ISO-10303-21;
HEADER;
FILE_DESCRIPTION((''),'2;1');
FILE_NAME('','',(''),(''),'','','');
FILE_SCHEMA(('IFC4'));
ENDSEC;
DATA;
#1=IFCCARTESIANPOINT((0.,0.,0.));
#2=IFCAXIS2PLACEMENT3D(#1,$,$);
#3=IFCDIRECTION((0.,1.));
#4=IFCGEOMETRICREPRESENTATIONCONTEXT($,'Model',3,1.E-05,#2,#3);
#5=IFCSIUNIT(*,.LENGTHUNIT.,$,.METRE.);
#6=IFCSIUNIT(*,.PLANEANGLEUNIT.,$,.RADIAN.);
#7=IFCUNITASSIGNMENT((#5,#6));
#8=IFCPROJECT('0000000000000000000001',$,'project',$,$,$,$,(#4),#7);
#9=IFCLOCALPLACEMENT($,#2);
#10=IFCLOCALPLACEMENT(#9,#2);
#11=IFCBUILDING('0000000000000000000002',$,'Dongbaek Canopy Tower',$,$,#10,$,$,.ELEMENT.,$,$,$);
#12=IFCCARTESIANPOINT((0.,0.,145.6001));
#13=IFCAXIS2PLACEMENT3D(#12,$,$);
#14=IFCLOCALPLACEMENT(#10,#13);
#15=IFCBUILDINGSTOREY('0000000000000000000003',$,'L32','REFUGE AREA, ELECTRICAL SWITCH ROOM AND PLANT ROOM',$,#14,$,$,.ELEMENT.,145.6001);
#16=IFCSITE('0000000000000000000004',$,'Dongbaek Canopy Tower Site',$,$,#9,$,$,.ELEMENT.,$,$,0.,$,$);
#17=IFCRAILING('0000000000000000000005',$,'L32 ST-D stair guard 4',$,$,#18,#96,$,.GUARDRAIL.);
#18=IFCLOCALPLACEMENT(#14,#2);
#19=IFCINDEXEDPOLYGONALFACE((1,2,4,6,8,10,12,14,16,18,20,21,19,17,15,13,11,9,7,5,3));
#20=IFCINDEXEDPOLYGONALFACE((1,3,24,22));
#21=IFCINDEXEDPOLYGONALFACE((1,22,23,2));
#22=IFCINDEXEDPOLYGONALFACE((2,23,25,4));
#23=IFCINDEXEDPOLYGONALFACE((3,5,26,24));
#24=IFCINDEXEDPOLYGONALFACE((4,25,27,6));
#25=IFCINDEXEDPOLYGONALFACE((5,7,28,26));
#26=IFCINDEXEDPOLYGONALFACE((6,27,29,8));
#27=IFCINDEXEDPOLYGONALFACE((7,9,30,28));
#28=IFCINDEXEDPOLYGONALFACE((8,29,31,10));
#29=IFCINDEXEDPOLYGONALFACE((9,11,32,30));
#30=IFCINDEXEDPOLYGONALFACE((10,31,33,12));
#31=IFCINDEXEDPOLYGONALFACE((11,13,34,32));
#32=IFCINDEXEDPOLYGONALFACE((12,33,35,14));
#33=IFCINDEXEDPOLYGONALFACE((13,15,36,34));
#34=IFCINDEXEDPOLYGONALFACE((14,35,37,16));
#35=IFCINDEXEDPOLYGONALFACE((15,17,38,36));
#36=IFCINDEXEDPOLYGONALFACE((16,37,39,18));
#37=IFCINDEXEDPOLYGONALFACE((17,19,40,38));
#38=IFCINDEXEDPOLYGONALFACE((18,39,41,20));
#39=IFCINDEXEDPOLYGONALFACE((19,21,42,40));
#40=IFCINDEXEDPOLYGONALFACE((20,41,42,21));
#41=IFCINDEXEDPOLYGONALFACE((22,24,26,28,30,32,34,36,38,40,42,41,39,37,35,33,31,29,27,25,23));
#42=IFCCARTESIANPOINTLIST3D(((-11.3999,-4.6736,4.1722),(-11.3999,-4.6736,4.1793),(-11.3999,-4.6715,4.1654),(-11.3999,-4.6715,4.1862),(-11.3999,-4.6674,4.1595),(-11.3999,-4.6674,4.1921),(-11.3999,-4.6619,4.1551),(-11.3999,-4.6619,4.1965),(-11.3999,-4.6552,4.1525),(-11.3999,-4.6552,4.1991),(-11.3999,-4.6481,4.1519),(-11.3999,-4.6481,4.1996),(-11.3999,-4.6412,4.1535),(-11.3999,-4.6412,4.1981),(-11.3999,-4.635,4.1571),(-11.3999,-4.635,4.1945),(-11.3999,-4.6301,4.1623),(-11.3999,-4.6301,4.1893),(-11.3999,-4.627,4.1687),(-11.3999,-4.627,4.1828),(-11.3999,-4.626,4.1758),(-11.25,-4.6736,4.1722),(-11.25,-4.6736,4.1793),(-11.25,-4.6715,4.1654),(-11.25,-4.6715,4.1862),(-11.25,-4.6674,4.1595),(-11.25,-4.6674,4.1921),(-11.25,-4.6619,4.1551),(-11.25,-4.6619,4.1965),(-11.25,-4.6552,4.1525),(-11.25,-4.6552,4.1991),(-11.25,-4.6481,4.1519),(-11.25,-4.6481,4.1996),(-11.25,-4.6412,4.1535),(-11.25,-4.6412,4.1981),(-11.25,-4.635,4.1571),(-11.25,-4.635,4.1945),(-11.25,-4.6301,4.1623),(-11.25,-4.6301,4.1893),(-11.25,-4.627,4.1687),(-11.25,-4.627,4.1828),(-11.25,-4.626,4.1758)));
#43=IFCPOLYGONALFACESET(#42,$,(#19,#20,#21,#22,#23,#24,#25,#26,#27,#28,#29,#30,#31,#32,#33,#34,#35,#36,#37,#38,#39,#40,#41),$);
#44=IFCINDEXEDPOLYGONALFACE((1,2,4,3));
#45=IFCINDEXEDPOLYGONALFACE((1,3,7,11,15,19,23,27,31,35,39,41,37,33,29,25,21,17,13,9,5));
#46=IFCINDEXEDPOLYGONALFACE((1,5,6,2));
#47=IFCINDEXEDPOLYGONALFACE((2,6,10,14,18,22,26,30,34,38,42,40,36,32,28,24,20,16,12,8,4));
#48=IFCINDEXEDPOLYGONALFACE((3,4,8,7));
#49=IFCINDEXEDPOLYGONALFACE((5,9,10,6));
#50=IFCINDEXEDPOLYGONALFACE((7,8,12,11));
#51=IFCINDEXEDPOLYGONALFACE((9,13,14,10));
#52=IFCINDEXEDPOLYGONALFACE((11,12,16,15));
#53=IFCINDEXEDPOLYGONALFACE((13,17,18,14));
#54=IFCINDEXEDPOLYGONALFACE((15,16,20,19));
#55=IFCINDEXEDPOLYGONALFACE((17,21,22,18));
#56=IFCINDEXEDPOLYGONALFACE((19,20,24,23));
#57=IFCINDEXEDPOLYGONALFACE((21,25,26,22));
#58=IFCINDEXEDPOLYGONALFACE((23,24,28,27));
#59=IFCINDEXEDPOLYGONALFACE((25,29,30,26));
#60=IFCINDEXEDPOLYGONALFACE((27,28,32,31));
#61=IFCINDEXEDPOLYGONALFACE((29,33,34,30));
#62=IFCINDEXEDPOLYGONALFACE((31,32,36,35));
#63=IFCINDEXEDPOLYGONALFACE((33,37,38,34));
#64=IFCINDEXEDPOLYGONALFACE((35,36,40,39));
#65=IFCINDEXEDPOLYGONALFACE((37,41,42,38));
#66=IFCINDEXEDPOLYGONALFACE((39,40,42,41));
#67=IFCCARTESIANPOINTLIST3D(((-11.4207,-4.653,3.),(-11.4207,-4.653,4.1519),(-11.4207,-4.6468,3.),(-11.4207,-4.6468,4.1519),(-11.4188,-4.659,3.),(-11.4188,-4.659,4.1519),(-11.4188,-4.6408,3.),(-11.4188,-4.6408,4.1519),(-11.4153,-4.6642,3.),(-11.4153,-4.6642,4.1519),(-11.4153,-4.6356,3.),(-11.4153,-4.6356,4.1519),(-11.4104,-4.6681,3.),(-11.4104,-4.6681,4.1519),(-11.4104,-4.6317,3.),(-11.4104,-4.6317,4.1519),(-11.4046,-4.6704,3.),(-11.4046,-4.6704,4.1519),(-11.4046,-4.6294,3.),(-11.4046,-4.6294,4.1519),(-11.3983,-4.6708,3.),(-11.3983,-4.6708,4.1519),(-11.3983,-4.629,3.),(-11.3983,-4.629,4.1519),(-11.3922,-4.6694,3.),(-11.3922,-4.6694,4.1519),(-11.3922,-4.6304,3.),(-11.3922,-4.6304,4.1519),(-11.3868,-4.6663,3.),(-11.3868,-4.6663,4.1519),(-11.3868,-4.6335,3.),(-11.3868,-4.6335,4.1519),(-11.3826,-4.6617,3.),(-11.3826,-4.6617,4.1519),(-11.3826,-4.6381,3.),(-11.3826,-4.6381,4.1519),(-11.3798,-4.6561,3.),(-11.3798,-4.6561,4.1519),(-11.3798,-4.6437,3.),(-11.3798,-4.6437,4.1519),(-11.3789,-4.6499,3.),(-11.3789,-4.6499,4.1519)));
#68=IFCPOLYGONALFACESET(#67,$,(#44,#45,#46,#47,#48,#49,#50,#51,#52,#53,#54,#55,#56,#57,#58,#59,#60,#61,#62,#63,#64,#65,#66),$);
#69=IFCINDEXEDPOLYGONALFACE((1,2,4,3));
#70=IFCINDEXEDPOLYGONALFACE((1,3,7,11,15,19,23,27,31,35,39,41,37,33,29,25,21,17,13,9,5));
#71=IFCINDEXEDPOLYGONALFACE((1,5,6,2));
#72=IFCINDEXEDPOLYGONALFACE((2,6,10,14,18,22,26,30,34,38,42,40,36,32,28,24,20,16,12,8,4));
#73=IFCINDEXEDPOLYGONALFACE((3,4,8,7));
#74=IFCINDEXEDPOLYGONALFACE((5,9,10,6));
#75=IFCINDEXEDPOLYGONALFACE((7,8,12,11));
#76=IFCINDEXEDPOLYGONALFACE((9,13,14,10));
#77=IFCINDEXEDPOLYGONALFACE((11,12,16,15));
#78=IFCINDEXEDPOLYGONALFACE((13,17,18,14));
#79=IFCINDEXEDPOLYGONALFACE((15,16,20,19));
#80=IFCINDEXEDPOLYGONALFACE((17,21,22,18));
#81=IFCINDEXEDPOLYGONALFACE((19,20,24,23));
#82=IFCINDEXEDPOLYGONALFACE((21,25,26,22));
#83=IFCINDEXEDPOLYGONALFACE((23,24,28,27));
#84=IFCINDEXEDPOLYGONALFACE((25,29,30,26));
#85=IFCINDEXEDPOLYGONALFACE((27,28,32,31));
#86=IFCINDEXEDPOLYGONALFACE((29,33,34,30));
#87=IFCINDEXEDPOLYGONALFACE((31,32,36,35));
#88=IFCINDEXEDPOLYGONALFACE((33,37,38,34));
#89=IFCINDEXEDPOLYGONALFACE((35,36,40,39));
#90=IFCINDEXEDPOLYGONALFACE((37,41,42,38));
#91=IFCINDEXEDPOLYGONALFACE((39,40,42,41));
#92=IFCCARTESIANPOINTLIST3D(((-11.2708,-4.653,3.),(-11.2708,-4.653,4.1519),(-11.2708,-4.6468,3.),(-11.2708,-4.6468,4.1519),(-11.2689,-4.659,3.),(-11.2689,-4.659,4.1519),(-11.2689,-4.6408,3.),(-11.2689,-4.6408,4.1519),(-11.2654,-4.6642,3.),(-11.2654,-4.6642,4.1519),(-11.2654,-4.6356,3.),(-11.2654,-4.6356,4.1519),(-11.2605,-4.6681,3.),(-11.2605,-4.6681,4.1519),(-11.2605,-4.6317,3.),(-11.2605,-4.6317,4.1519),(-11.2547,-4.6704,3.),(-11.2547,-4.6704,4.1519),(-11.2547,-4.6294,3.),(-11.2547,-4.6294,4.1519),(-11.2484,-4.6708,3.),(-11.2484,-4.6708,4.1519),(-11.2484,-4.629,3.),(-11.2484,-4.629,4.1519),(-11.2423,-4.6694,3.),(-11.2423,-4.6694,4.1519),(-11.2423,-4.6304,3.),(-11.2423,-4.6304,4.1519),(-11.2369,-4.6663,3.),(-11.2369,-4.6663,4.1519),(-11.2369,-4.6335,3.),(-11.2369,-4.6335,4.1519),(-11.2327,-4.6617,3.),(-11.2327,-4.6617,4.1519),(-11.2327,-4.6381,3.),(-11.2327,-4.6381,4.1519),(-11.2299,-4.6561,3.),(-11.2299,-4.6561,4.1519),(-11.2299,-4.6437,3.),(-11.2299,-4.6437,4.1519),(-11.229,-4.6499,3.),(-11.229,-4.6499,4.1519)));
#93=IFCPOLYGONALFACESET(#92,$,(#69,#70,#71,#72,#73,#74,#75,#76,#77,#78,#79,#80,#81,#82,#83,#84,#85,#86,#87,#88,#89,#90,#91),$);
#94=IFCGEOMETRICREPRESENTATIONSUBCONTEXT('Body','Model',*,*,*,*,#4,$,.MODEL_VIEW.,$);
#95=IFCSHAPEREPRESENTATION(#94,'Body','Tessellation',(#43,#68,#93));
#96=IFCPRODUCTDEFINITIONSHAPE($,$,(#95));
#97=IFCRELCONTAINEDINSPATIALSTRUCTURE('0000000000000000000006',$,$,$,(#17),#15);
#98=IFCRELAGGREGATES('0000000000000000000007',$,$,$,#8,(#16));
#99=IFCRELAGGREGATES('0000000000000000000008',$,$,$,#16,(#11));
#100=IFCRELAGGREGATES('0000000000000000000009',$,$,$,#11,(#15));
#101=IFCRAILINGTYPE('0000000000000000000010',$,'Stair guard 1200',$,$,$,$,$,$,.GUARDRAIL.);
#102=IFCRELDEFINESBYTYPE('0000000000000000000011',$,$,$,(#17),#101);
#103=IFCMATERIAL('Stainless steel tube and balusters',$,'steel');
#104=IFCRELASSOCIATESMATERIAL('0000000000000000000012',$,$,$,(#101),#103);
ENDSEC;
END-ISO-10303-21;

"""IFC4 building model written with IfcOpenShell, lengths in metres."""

from ifc_helpers import new_model, si_unit, direction, frame, origin, origin_2d, place, context, subcontext, project, spatial, circle, extrude, material, type_object, element, save


model = new_model("IFC4")

# Units and contexts
model_context = context("Model", 3, precision=1e-05, world=origin(), true_north=direction((0.0, 1.0)))
body_context = subcontext(model_context, "Body", "Model", "MODEL_VIEW")
ifc_project = project(units=[si_unit("LENGTHUNIT", "METRE"), si_unit("PLANEANGLEUNIT", "RADIAN")], contexts=[model_context])

# Site, building, storey
site_placement = place(None, origin())
site = spatial("IfcSite", under=ifc_project, at=site_placement, Name="Dongbaek Canopy Tower Site", CompositionType="ELEMENT", RefElevation=0.0)
building_placement = place(site_placement, origin())
building = spatial("IfcBuilding", under=site, at=building_placement, Name="Dongbaek Canopy Tower", CompositionType="ELEMENT")
storey_placement = place(building_placement, frame((0.0, 0.0, 145.6001)))
storey = spatial("IfcBuildingStorey", under=building, at=storey_placement, Name="L32", Description="REFUGE AREA, ELECTRICAL SWITCH ROOM AND PLANT ROOM", CompositionType="ELEMENT", Elevation=145.6001)

# Railing
ifc_material_1 = material(Name="Stainless steel tube and balusters", Category="steel")
railing_type_1 = type_object("IfcRailingType", Name="Stair guard 1200", PredefinedType="GUARDRAIL", material=ifc_material_1)
railing_1_placement = place(storey_placement, frame((-11.3999, -4.6499, 3.0)))
element("IfcRailing", 1, at=railing_1_placement, inside=storey, type_object=railing_type_1, Name="L32 ST-D stair guard 4", PredefinedType="GUARDRAIL", context=body_context, shape_type="SweptSolid", body=[
    extrude(circle(Radius=0.0239, at=origin_2d()), frame((0.0, 0.0, 1.1758), z_axis=(1.0, 0.0, 0.0), x_axis=(0.0, 1.0, 0.0)), (0.0, 0.0, 1.0), 0.1499),
    extrude(circle(Radius=0.021, at=origin_2d()), origin(), (0.0, 0.0, 1.0), 1.1519),
    extrude(circle(Radius=0.021, at=origin_2d()), frame((0.1499, 0.0, 0.0)), (0.0, 0.0, 1.0), 1.1519),
])

save(model, "model.ifc")
